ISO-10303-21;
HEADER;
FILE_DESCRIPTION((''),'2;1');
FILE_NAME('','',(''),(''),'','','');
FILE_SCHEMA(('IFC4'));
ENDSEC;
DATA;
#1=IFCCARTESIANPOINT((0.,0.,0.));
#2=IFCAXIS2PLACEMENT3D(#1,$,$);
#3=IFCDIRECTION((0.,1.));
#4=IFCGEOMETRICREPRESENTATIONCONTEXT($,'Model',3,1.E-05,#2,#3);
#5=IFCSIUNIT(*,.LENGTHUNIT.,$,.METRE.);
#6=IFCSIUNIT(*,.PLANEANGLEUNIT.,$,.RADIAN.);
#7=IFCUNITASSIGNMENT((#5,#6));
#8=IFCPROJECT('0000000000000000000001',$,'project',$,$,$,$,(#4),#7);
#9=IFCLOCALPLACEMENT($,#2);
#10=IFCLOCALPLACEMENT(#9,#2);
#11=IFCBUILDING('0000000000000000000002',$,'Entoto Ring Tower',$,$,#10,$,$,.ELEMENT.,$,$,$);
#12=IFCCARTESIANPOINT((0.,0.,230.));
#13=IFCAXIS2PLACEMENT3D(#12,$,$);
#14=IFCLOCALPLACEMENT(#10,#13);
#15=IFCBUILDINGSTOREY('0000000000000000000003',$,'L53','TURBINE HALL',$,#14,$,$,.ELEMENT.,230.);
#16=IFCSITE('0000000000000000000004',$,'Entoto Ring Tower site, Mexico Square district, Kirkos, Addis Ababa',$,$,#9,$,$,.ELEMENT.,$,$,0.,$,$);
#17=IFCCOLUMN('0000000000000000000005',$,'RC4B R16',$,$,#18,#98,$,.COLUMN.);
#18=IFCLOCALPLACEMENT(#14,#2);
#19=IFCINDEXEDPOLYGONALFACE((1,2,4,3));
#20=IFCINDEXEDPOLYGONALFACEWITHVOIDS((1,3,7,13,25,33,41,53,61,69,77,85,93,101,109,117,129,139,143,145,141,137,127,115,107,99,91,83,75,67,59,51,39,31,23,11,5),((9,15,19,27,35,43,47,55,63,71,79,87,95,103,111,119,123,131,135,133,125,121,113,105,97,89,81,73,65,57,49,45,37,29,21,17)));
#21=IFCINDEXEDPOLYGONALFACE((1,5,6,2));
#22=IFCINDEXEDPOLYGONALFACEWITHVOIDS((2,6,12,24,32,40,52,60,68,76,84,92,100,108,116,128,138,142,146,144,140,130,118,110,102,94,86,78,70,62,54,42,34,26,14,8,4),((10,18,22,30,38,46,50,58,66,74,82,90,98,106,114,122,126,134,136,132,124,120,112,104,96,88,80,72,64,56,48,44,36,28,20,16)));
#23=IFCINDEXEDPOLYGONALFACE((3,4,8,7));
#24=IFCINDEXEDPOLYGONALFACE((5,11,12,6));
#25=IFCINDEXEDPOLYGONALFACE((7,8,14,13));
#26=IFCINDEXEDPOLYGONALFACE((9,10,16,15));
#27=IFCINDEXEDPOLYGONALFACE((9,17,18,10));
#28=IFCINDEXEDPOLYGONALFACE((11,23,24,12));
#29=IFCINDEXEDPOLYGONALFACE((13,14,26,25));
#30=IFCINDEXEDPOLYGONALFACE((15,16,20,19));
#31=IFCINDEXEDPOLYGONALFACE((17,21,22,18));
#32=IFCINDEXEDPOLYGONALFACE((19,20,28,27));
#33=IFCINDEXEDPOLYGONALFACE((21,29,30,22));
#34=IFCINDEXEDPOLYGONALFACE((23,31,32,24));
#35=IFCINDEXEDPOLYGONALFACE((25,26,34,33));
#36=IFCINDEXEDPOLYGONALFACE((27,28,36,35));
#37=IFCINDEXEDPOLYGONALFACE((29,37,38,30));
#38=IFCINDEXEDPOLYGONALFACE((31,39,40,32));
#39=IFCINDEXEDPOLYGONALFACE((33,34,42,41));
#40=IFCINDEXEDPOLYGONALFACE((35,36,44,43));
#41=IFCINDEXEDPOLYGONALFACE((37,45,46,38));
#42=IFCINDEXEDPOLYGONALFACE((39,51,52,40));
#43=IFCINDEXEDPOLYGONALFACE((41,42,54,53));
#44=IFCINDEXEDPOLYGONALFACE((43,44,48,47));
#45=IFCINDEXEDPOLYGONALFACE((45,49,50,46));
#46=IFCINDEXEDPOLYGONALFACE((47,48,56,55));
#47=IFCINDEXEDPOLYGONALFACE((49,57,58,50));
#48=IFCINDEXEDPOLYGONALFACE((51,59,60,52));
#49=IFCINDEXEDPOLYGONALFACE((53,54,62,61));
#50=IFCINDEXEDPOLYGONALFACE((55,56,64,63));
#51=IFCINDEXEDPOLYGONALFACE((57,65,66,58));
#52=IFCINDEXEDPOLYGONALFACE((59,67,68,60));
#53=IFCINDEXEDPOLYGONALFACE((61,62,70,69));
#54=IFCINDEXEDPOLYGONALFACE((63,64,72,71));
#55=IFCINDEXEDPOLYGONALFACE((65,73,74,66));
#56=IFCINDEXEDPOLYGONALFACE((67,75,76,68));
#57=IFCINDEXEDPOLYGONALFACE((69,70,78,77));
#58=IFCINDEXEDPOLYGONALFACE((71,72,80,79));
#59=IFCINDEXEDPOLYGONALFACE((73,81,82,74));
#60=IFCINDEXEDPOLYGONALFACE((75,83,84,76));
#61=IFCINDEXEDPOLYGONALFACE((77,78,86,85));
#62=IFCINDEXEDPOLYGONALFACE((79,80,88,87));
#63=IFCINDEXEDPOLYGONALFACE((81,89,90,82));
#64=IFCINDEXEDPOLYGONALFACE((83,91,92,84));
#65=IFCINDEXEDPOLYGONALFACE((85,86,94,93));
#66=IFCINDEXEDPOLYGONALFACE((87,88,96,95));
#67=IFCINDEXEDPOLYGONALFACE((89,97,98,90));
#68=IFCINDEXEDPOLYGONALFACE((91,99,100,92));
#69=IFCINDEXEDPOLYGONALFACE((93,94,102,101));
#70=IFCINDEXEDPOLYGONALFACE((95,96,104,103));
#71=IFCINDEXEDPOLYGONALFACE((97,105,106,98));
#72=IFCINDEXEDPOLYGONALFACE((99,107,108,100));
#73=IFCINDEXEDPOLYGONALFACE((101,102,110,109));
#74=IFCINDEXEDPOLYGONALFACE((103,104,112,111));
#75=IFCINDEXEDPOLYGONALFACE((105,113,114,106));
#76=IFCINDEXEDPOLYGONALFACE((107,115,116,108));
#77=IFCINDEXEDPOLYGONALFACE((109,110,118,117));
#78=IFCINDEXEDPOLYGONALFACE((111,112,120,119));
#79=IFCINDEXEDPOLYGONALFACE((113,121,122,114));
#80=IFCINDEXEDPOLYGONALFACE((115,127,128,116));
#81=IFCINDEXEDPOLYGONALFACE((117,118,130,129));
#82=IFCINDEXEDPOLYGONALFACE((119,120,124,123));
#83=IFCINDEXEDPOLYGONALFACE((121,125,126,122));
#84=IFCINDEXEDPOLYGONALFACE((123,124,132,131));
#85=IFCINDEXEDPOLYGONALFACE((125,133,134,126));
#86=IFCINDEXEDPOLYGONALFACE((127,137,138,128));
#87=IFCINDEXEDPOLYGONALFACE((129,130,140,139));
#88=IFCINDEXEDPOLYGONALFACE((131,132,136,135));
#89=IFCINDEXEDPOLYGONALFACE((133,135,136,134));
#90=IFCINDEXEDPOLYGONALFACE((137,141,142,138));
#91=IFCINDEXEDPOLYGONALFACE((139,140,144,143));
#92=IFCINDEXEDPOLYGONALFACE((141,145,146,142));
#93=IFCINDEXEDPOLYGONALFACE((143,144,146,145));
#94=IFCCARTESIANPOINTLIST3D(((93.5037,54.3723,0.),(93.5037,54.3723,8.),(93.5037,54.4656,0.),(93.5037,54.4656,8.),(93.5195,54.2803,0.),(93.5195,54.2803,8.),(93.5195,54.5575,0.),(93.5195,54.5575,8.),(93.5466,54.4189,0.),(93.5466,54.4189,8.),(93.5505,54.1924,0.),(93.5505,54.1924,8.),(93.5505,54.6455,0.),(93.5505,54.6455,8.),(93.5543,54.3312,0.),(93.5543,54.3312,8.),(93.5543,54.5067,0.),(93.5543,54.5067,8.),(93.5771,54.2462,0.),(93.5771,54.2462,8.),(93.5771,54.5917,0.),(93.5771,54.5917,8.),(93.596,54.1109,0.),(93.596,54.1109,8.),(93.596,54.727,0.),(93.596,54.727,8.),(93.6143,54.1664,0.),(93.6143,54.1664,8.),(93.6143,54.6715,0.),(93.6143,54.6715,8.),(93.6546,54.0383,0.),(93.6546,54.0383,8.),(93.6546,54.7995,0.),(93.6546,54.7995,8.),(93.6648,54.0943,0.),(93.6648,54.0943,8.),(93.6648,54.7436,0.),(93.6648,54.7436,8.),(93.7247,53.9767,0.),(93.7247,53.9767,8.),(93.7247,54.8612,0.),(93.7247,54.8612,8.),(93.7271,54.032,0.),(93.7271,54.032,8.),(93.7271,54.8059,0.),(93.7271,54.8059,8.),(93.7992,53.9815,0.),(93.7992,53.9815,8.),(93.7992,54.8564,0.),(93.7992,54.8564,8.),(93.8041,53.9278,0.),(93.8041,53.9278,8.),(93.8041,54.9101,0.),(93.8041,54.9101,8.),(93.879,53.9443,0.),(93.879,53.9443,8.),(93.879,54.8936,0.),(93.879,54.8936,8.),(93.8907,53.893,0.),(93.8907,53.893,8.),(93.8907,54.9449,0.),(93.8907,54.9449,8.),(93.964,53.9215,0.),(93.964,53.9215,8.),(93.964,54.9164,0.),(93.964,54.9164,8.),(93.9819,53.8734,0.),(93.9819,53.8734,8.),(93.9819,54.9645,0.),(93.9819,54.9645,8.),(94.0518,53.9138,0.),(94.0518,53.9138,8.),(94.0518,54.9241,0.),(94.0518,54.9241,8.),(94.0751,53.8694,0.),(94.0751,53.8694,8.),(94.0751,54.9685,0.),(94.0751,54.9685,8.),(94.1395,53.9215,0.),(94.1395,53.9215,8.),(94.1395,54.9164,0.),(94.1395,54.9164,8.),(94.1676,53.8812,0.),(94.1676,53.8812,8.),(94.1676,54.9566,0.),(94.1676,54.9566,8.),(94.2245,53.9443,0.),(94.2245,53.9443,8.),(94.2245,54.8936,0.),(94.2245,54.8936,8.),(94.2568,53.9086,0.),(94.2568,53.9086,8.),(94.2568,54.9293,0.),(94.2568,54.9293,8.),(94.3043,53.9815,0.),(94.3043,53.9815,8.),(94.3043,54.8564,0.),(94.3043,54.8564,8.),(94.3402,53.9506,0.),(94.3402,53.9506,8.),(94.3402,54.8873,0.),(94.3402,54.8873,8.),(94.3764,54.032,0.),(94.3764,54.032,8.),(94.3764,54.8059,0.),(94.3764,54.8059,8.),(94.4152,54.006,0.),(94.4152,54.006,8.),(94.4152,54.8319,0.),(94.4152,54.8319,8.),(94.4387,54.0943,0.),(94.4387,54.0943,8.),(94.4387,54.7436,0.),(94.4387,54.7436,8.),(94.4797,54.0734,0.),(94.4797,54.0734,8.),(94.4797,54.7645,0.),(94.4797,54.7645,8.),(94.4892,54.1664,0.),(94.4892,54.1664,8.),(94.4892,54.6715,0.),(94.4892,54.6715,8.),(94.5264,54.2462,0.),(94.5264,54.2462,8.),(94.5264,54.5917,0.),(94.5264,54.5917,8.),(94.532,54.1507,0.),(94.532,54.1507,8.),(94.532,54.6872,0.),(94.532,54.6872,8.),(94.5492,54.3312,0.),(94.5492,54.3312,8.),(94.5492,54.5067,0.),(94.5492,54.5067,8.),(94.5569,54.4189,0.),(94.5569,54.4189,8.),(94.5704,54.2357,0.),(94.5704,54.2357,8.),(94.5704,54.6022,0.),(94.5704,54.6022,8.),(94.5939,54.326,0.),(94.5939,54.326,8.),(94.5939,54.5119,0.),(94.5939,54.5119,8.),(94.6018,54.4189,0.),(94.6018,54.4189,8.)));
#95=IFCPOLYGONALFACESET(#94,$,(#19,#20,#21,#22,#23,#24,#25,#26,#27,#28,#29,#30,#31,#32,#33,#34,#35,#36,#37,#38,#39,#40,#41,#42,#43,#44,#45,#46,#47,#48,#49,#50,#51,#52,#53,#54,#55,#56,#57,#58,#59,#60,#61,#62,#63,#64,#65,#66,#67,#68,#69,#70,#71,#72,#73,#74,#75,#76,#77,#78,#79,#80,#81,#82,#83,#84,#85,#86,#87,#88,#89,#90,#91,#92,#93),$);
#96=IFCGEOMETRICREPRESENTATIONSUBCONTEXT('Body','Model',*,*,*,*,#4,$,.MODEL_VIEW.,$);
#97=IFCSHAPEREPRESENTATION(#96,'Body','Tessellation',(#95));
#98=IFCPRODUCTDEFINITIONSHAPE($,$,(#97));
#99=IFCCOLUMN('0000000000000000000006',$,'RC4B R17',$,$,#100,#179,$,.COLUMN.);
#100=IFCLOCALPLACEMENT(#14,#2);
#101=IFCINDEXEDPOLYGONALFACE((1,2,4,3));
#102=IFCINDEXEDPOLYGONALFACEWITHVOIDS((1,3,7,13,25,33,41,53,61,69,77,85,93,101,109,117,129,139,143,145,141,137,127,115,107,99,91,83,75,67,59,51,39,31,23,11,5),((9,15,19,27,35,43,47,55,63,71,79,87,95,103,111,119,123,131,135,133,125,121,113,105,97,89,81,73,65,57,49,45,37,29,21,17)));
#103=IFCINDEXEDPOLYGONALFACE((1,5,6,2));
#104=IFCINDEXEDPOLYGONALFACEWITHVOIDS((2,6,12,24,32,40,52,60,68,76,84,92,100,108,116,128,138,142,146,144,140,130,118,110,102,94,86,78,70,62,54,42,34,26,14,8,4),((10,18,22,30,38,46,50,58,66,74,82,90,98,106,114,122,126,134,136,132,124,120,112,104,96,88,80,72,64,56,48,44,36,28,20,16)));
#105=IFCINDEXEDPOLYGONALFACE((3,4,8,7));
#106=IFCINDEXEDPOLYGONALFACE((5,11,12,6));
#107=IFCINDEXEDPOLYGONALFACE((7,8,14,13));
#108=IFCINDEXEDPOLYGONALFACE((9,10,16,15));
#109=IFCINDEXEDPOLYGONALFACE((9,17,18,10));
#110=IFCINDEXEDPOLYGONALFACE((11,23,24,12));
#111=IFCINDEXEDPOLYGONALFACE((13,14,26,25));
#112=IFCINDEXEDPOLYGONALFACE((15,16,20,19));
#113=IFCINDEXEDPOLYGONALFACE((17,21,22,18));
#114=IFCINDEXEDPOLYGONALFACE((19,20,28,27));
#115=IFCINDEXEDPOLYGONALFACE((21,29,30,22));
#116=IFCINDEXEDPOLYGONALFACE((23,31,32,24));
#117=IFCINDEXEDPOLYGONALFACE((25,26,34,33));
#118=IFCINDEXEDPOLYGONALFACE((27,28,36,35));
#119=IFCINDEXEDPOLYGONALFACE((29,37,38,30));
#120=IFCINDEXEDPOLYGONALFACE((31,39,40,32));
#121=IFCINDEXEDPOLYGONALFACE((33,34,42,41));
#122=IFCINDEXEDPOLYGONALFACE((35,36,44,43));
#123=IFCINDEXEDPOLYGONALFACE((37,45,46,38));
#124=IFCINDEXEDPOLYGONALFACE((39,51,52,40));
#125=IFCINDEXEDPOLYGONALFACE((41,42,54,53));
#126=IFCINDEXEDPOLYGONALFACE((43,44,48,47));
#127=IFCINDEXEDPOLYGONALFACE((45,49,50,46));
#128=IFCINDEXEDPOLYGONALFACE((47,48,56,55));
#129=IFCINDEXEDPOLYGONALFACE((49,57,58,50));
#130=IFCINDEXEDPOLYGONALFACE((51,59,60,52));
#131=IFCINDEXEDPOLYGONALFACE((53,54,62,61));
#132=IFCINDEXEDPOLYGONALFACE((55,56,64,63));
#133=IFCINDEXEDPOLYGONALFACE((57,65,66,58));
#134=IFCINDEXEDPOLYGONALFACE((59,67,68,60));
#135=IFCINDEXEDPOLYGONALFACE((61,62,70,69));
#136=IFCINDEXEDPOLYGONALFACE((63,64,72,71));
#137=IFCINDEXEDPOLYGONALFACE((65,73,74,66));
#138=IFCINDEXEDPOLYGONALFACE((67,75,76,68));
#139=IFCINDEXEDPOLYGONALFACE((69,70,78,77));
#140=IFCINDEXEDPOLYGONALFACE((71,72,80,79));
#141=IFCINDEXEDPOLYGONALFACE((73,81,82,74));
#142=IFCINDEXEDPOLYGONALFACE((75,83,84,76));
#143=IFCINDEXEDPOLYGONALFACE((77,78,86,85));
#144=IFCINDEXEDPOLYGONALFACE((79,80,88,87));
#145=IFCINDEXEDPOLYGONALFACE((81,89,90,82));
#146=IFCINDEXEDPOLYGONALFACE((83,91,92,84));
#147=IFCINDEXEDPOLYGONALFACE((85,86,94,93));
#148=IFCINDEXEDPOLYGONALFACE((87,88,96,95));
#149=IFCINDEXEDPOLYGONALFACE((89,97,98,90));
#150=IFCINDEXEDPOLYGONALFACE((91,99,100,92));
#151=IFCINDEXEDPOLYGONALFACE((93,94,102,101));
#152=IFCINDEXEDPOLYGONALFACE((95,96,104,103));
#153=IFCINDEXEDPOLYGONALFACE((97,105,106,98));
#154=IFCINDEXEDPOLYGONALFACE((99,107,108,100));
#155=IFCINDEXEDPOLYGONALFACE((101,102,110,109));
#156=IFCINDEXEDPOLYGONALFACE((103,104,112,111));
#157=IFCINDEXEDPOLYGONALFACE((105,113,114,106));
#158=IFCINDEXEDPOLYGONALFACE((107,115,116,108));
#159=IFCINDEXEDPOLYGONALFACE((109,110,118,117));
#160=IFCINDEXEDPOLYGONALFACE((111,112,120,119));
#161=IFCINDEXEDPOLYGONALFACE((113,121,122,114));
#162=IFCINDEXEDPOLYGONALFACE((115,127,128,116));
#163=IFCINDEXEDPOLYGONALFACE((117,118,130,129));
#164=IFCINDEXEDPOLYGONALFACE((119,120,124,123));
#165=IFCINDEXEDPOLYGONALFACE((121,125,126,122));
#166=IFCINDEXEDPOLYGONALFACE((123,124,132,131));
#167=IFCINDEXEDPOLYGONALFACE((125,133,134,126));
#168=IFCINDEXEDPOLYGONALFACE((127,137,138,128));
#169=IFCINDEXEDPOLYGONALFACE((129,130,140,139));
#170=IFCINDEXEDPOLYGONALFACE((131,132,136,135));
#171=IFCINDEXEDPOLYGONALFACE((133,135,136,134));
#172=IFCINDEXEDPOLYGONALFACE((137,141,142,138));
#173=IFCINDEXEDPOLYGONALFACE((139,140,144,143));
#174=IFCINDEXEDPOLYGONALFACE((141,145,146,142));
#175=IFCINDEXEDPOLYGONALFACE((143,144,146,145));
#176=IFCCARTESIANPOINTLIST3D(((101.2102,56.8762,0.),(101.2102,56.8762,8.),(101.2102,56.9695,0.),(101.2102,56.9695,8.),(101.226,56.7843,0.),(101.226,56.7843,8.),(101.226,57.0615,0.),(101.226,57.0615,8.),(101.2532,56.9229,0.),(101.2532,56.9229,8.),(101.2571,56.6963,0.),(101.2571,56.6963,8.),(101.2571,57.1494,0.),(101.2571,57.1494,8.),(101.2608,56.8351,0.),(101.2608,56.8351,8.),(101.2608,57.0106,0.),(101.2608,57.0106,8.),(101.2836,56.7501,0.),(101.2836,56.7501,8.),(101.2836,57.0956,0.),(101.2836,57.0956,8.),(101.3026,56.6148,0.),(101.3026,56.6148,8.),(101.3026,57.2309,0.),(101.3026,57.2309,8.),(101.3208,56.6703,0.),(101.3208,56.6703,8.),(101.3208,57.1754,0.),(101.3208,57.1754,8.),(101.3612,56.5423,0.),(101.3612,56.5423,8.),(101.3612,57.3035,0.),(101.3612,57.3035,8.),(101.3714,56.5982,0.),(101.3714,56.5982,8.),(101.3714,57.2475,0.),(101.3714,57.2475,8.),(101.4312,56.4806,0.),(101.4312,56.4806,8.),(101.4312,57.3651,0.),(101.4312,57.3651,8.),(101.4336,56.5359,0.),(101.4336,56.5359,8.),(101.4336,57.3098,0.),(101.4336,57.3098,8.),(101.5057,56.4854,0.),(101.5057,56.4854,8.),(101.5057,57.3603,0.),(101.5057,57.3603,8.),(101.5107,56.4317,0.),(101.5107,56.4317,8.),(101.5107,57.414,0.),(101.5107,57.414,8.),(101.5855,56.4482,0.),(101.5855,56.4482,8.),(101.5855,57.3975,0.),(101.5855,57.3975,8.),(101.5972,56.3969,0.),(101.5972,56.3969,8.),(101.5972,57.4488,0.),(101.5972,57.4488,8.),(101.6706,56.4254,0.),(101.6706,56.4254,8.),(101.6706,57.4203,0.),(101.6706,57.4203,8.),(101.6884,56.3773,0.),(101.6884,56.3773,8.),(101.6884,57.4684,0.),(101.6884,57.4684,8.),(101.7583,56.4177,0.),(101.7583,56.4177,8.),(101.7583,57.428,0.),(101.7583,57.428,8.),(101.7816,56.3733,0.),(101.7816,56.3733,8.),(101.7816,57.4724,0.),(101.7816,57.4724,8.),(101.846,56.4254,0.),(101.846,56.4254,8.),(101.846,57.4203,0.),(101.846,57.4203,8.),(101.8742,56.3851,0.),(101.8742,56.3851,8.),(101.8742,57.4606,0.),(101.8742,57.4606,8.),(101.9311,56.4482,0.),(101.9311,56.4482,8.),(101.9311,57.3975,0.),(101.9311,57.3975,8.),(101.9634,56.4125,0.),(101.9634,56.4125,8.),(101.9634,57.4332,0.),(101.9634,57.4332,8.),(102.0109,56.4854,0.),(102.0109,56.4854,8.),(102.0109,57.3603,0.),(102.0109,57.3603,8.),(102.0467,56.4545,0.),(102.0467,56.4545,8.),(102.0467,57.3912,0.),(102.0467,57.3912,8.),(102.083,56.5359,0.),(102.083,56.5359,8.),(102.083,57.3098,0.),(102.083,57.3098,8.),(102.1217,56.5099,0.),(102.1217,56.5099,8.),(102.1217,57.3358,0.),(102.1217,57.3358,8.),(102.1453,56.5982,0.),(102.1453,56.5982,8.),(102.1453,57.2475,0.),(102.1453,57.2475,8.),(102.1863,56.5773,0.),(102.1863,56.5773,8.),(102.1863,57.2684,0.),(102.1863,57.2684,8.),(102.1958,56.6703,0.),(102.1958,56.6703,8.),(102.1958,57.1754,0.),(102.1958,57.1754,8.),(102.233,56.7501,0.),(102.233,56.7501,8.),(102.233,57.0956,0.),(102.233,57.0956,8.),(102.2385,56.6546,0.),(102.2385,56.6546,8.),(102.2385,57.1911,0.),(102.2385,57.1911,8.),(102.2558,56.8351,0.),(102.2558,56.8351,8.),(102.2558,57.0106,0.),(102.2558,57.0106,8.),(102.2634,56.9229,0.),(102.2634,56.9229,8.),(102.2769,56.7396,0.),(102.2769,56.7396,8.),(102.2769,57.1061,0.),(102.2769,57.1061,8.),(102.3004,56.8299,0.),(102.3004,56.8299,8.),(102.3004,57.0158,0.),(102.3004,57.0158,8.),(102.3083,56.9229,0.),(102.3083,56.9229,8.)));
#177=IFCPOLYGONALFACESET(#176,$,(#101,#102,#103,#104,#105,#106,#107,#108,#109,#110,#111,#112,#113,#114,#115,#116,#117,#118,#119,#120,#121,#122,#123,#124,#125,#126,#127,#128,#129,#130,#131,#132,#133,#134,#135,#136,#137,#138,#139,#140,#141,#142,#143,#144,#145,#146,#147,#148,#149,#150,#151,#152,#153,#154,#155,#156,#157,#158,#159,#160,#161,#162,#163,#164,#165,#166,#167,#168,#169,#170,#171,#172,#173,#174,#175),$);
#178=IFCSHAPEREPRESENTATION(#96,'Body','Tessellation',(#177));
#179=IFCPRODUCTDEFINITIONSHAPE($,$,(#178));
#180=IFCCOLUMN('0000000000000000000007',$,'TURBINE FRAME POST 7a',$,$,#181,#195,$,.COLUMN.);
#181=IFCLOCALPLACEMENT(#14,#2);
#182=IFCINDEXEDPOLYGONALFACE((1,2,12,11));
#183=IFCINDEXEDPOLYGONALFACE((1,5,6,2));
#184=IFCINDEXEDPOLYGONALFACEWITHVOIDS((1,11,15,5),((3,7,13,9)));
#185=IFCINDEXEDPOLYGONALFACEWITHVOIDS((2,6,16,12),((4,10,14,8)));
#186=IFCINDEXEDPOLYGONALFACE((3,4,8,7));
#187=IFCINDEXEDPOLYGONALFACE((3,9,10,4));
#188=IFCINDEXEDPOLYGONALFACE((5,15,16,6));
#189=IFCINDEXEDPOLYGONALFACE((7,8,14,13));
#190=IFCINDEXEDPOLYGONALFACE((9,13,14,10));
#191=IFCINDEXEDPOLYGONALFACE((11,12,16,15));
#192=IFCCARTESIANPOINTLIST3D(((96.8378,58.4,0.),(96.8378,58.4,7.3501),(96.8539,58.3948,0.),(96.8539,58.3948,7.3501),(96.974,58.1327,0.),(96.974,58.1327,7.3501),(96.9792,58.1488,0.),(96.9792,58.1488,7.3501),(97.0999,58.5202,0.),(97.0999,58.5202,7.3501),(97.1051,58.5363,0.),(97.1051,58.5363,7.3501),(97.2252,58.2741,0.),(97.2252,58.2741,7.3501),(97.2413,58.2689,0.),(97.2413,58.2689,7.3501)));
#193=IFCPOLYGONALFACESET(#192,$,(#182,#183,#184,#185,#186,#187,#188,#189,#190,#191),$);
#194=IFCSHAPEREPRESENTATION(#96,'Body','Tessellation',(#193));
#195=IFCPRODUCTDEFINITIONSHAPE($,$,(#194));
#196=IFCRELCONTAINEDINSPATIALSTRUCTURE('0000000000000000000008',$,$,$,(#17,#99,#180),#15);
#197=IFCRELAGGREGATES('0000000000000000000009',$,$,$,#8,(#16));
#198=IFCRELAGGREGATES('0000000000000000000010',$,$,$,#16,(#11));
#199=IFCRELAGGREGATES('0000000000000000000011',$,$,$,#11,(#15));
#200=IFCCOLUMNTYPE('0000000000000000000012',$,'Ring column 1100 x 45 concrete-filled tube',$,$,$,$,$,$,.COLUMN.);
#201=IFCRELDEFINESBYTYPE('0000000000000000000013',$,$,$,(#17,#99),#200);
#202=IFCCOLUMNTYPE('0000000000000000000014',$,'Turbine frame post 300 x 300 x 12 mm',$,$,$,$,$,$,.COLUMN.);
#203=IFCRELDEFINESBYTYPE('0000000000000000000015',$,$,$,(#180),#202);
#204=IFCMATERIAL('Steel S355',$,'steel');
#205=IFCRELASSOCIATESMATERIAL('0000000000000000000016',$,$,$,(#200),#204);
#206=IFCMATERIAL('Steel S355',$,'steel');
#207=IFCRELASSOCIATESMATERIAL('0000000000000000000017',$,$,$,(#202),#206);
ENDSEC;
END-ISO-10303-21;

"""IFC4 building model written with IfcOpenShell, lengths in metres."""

from ifc_helpers import new_model, si_unit, direction, frame, origin, origin_2d, place, context, subcontext, project, spatial, hollow_rectangle, circle, hollow_circle, extrude, material, material_profile, profile_set, type_object, element, save


model = new_model("IFC4")

# Units and contexts
model_context = context("Model", 3, precision=1e-05, world=origin(), true_north=direction((0.0, 1.0)))
body_context = subcontext(model_context, "Body", "Model", "MODEL_VIEW")
ifc_project = project(units=[si_unit("LENGTHUNIT", "METRE"), si_unit("PLANEANGLEUNIT", "RADIAN")], contexts=[model_context])

# Site, building, storey
site_placement = place(None, origin())
site = spatial("IfcSite", under=ifc_project, at=site_placement, Name="Entoto Ring Tower site, Mexico Square district, Kirkos, Addis Ababa", CompositionType="ELEMENT", RefElevation=0.0)
building_placement = place(site_placement, origin())
building = spatial("IfcBuilding", under=site, at=building_placement, Name="Entoto Ring Tower", CompositionType="ELEMENT")
storey_placement = place(building_placement, frame((0.0, 0.0, 230.0)))
storey = spatial("IfcBuildingStorey", under=building, at=storey_placement, Name="L53", Description="TURBINE HALL", CompositionType="ELEMENT", Elevation=230.0)

# Columns
ifc_material_1 = material(Name="Steel S355", Category="steel")
ifc_material_profile_1 = material_profile(ifc_material_1, hollow_circle(Radius=0.55, WallThickness=0.0449, at=origin_2d()), Name="CHS 1100 x 45")
ifc_material_2 = material(Name="Concrete C60/75", Category="concrete")
ifc_material_profile_2 = material_profile(ifc_material_2, circle(Radius=0.5049, at=origin_2d()), Name="Concrete C60/75 infill")
ifc_profile_set_1 = profile_set([ifc_material_profile_1, ifc_material_profile_2], Name="Steel S355")
column_type_1 = type_object("IfcColumnType", Name="Ring column 1100 x 45 concrete-filled tube", PredefinedType="COLUMN", material=ifc_profile_set_1)
for number, where, z_axis, x_axis, name in (
    (1, (94.0518, 54.4189, 0.0), (0.0, 0.0, 1.0), (1.0, 0.0, 0.0), "RC4B R16"),
    (2, (101.7583, 56.9229, 0.0), (0.0, 0.0, 1.0), (1.0, 0.0, 0.0), "RC4B R17"),
):
    element("IfcColumn", number, at=place(storey_placement, frame(where, z_axis=z_axis, x_axis=x_axis)), inside=storey, type_object=column_type_1, Name=name, PredefinedType="COLUMN", context=body_context, shape_type="SweptSolid", body=[
        extrude(hollow_circle(Radius=0.55, WallThickness=0.0449, at=origin_2d()), origin(), (0.0, 0.0, 1.0), 8.0),
    ])
ifc_material_3 = material(Name="Steel S355", Category="steel")
ifc_material_profile_3 = material_profile(ifc_material_3, hollow_rectangle(XDim=0.3, YDim=0.3, WallThickness=0.012, at=origin_2d()), Name="Turbine frame post 300 x 300 x 12 mm")
ifc_profile_set_2 = profile_set([ifc_material_profile_3], Name="Steel S355")
column_type_2 = type_object("IfcColumnType", Name="Turbine frame post 300 x 300 x 12 mm", PredefinedType="COLUMN", material=ifc_profile_set_2)
column_placement = place(storey_placement, frame((97.0396, 58.3345, 0.0), z_axis=(0.0, 0.0, 1.0), x_axis=(0.891007, 0.45399, 0.0)))
element("IfcColumn", 3, at=column_placement, inside=storey, type_object=column_type_2, Name="TURBINE FRAME POST 7a", PredefinedType="COLUMN", context=body_context, shape_type="SweptSolid", body=[
    extrude(hollow_rectangle(XDim=0.3, YDim=0.3, WallThickness=0.012, at=origin_2d()), origin(), (0.0, 0.0, 1.0), 7.3501),
])

save(model, "model.ifc")
